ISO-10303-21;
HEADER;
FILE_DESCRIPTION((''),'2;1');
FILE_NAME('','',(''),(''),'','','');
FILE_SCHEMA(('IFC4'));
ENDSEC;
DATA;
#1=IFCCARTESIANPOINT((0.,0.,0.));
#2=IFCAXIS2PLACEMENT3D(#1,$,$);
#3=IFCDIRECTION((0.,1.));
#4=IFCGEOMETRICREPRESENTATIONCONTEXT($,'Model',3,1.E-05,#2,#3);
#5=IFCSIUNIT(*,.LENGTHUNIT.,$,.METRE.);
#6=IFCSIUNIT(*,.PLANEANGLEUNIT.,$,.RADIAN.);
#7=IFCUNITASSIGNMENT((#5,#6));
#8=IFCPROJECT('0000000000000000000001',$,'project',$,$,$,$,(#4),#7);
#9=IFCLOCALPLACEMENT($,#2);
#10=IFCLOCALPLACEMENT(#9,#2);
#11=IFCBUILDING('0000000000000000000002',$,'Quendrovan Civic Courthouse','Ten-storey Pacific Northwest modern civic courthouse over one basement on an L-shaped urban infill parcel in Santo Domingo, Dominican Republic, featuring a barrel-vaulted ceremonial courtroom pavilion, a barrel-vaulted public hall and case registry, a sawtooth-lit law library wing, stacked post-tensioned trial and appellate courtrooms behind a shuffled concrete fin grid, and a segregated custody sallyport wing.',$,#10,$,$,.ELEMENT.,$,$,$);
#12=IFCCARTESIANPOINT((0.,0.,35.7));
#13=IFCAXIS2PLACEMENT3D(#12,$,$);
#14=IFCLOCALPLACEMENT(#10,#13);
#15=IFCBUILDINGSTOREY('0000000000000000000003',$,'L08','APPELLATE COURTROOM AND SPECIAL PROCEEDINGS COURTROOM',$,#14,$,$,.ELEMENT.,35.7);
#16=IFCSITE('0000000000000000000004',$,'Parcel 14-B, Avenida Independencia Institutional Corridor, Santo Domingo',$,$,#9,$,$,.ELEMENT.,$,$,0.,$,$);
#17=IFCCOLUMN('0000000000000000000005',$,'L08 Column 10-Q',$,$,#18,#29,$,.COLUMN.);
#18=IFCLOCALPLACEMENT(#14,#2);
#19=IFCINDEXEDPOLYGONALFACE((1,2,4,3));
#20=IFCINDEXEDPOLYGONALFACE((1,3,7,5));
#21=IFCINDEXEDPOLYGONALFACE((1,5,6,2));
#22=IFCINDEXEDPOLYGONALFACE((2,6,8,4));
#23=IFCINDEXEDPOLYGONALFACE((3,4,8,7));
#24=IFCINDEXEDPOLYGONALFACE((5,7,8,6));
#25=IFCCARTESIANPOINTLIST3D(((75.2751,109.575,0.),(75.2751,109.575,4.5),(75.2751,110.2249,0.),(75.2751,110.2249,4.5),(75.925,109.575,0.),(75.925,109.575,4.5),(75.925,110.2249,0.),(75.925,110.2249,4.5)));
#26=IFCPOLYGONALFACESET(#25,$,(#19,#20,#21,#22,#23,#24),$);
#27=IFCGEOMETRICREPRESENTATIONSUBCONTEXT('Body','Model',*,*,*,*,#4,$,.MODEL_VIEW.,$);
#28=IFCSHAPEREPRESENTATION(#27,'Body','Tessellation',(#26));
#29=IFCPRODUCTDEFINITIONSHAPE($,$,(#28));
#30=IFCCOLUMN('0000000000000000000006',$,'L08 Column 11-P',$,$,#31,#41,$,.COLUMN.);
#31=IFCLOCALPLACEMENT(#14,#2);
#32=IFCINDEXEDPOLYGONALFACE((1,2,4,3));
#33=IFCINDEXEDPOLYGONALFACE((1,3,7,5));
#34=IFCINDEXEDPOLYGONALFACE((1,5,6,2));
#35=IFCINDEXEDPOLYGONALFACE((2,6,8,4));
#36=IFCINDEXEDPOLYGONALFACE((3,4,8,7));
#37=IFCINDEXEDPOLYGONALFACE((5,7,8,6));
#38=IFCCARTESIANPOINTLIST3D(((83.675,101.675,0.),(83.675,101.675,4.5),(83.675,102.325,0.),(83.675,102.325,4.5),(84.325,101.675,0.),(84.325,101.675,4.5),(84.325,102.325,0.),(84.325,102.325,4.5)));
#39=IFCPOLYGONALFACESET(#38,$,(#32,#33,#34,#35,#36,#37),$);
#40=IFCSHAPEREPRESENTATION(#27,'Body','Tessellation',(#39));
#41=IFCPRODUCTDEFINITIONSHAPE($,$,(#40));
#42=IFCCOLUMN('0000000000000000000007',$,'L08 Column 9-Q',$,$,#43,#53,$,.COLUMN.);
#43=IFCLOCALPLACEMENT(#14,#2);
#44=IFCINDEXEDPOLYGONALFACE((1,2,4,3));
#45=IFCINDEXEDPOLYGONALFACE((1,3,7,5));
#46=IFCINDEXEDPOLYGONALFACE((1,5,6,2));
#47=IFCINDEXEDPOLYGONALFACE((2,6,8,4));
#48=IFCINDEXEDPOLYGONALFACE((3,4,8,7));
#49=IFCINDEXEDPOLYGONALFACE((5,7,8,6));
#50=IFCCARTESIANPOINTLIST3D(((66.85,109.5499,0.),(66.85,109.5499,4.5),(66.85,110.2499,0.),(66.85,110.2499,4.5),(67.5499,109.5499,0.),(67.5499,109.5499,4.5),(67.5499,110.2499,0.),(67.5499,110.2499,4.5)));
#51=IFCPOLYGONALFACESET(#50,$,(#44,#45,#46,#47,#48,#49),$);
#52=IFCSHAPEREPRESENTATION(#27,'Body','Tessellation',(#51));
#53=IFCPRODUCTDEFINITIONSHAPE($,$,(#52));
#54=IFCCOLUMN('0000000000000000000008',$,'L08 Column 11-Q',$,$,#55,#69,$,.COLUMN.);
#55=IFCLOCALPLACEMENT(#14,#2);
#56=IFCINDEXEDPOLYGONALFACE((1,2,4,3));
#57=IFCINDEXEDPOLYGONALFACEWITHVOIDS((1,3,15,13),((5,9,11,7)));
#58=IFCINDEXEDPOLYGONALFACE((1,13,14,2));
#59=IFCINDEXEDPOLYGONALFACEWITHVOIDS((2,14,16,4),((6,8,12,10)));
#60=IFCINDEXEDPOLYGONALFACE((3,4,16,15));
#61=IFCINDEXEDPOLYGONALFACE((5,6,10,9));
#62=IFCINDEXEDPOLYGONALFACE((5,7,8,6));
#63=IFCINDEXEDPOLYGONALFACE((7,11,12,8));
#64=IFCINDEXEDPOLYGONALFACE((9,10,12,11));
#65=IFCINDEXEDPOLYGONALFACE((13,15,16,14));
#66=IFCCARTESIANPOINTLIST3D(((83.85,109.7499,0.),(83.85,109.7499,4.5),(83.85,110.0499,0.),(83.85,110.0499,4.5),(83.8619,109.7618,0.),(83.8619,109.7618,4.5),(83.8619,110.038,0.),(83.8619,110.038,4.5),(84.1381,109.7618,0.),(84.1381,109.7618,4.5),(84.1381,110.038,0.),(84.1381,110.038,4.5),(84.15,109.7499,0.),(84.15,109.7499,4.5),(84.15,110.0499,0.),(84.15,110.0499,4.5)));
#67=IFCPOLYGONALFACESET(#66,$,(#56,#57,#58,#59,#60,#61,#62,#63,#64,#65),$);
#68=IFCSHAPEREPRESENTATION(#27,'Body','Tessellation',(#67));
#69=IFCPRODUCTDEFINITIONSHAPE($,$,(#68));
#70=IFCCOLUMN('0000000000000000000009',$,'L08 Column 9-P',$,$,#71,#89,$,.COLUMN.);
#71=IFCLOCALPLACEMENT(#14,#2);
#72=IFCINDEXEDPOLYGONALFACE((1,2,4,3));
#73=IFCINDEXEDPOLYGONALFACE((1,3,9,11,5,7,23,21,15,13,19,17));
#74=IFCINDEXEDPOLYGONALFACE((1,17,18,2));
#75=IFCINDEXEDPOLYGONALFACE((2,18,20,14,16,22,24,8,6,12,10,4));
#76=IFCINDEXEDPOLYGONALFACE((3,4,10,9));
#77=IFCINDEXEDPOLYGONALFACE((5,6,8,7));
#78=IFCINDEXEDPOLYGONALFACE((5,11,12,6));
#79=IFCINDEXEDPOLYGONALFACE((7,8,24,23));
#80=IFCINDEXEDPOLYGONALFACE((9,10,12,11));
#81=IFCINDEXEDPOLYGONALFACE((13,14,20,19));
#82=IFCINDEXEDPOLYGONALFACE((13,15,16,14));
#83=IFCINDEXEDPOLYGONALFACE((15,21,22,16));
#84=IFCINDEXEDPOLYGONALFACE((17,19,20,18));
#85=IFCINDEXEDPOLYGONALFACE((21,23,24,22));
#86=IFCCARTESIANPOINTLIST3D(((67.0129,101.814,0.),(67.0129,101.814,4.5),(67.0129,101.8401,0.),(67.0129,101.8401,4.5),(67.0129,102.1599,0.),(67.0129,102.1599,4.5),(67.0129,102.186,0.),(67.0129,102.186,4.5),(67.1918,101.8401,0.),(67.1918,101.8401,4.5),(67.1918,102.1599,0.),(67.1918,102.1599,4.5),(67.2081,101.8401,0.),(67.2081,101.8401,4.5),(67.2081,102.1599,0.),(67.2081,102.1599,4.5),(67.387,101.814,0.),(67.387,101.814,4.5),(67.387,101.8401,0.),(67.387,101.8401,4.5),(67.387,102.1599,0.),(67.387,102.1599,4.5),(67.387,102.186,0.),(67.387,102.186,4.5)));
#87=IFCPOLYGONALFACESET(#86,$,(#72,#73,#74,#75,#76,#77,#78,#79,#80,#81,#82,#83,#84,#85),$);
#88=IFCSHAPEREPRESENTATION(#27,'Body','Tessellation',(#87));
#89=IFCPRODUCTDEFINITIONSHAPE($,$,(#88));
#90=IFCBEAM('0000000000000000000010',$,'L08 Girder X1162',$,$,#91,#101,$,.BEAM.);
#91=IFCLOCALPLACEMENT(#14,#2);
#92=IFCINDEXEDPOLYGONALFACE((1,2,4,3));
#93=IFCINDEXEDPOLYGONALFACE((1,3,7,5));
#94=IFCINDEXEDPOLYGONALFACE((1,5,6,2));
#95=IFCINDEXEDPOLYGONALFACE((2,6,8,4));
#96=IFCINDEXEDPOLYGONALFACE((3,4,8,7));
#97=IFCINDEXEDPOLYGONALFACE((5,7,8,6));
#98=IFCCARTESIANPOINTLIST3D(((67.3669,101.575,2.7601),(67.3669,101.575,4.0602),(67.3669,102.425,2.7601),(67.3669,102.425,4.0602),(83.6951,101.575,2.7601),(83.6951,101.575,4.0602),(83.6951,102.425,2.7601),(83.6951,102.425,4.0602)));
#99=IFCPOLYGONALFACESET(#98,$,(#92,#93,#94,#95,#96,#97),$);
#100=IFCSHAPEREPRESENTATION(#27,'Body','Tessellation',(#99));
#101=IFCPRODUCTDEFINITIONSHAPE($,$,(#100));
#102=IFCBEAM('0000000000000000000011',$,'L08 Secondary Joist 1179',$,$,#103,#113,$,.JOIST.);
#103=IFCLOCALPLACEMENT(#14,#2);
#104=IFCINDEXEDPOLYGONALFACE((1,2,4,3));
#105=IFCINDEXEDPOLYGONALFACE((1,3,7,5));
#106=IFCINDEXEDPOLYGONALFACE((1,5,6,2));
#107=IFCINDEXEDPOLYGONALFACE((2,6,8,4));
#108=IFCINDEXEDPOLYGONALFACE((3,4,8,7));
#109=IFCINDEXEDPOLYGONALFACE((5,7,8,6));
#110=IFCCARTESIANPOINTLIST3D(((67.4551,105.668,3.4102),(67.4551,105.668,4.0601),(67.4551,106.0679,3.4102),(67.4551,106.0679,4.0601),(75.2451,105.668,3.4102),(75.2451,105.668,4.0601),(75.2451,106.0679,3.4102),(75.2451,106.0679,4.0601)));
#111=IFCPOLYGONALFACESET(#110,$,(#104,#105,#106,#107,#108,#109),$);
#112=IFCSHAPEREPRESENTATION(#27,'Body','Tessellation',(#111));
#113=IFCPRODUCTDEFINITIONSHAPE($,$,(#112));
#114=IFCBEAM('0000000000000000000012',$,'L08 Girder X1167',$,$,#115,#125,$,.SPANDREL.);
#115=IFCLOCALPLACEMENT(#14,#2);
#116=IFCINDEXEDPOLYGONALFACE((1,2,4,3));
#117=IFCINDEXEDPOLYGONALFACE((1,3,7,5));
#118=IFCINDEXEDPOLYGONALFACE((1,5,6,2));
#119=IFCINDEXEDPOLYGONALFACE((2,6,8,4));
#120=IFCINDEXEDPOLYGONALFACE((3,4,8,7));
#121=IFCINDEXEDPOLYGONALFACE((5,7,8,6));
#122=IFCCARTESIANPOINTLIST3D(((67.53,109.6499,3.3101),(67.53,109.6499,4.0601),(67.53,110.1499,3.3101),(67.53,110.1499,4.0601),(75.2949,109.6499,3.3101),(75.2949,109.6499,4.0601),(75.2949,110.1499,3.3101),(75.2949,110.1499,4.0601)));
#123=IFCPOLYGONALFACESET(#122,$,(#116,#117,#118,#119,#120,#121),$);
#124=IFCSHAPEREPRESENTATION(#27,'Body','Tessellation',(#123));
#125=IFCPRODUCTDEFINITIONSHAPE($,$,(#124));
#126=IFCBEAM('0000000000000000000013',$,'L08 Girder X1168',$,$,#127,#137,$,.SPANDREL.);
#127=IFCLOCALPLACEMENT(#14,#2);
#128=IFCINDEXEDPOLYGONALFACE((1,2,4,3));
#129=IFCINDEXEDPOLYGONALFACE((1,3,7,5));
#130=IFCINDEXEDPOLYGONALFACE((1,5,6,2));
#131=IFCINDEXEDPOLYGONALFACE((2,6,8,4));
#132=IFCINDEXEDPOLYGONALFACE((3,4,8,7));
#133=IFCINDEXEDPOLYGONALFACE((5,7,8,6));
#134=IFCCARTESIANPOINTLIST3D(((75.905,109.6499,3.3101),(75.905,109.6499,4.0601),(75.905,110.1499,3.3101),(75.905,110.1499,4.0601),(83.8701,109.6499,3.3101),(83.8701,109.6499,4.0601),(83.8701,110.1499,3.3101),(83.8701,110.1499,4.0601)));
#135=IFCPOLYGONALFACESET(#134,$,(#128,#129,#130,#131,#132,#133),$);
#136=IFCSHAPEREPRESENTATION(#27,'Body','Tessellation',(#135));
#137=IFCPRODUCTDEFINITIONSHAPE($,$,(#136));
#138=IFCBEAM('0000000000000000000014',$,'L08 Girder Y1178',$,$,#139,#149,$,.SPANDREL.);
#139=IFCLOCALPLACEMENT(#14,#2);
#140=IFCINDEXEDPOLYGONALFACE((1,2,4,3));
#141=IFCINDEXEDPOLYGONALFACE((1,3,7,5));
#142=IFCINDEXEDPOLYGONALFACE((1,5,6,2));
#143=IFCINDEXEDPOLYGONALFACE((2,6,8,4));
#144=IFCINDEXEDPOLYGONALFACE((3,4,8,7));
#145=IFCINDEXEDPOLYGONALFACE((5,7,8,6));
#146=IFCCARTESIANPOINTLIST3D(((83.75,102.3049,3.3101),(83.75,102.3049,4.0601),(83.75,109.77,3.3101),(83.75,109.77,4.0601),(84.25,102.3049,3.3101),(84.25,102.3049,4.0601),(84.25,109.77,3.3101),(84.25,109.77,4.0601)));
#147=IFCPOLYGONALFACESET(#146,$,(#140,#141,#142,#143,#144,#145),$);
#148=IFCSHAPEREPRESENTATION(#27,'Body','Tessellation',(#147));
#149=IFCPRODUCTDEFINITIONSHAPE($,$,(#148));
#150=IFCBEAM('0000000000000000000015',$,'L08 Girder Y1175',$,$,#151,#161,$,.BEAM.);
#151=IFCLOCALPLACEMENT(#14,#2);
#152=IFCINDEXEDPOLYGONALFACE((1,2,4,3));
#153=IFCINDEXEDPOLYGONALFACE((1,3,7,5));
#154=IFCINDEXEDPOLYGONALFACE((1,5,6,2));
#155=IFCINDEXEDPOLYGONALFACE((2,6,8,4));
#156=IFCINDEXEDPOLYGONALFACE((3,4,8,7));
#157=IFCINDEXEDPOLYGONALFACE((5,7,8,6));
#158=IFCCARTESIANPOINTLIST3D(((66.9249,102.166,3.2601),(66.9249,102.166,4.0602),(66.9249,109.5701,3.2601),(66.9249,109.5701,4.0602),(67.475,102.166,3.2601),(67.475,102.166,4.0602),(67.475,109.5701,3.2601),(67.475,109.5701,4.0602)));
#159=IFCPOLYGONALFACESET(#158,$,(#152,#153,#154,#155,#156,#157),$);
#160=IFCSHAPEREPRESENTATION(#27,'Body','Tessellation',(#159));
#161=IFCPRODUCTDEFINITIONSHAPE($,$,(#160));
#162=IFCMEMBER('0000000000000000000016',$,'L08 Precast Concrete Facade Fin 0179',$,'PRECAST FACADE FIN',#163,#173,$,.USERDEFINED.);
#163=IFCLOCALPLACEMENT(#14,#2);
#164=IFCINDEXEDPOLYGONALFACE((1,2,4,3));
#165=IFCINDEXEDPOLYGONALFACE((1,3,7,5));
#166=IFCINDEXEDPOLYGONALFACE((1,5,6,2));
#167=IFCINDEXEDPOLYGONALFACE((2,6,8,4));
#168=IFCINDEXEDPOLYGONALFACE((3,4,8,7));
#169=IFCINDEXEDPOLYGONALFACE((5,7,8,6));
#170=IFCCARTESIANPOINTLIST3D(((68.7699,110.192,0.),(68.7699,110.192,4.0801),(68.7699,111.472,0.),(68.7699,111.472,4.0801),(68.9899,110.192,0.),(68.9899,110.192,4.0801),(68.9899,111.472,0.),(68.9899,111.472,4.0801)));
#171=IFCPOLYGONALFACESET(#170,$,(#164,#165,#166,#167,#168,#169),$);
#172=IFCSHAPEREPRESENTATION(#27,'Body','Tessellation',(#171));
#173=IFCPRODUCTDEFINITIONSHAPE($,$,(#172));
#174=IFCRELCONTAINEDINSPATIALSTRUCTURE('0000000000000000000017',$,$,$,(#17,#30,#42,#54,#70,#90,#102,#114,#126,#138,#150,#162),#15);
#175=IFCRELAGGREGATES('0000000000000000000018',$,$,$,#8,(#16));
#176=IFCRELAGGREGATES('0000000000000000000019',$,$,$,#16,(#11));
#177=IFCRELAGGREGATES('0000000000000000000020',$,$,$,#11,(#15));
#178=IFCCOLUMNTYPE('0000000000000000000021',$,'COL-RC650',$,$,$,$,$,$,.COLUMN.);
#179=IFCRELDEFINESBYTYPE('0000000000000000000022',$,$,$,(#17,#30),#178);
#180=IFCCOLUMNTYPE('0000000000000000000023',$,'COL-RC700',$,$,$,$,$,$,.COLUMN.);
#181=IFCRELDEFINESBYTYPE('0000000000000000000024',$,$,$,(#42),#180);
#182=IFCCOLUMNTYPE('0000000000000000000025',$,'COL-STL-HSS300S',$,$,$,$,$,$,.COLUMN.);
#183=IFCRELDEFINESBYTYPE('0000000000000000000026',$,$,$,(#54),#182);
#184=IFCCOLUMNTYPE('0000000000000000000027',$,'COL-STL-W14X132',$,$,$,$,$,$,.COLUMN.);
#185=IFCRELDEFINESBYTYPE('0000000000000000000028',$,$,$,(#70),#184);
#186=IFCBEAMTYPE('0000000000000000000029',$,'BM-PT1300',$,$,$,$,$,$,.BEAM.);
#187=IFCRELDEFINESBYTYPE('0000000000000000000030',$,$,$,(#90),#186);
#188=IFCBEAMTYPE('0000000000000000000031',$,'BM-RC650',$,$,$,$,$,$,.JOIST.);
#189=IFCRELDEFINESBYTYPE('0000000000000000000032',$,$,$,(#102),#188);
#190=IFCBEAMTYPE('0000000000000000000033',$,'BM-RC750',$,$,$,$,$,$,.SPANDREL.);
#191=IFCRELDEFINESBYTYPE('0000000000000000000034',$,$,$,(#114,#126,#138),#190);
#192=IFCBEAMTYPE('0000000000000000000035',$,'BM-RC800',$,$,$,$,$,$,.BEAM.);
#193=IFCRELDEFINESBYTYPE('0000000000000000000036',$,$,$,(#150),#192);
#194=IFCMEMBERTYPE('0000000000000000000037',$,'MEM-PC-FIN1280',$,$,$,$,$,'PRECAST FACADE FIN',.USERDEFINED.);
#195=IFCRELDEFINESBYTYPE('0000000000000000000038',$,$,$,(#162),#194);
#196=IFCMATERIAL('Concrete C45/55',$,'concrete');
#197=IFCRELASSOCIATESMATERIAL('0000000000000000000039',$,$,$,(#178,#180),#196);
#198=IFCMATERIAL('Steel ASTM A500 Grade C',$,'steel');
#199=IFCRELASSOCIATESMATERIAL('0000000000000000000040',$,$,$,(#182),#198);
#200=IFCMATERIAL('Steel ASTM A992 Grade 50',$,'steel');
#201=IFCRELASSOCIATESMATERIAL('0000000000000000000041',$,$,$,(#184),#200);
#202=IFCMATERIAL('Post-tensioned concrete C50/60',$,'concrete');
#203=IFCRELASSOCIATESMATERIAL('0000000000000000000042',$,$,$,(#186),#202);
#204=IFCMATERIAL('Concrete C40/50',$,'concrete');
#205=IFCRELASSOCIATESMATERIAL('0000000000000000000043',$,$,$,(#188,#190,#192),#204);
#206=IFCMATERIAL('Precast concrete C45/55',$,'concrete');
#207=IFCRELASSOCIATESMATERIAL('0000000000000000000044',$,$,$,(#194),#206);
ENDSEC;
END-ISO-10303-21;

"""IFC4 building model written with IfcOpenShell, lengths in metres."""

from ifc_helpers import new_model, si_unit, direction, frame, origin, origin_2d, place, context, subcontext, project, spatial, rectangle, hollow_rectangle, i_section, extrude, material, material_profile, profile_set, type_object, element, save


model = new_model("IFC4")

# Units and contexts
model_context = context("Model", 3, precision=1e-05, world=origin(), true_north=direction((0.0, 1.0)))
body_context = subcontext(model_context, "Body", "Model", "MODEL_VIEW")
ifc_project = project(units=[si_unit("LENGTHUNIT", "METRE"), si_unit("PLANEANGLEUNIT", "RADIAN")], contexts=[model_context])

# Site, building, storey
site_placement = place(None, origin())
site = spatial("IfcSite", under=ifc_project, at=site_placement, Name="Parcel 14-B, Avenida Independencia Institutional Corridor, Santo Domingo", CompositionType="ELEMENT", RefElevation=0.0)
building_placement = place(site_placement, origin())
building = spatial("IfcBuilding", under=site, at=building_placement, Name="Quendrovan Civic Courthouse", Description="Ten-storey Pacific Northwest modern civic courthouse over one basement on an L-shaped urban infill parcel in Santo Domingo, Dominican Republic, featuring a barrel-vaulted ceremonial courtroom pavilion, a barrel-vaulted public hall and case registry, a sawtooth-lit law library wing, stacked post-tensioned trial and appellate courtrooms behind a shuffled concrete fin grid, and a segregated custody sallyport wing.", CompositionType="ELEMENT")
storey_placement = place(building_placement, frame((0.0, 0.0, 35.7)))
storey = spatial("IfcBuildingStorey", under=building, at=storey_placement, Name="L08", Description="APPELLATE COURTROOM AND SPECIAL PROCEEDINGS COURTROOM", CompositionType="ELEMENT", Elevation=35.7)

# Columns
ifc_material_1 = material(Name="Concrete C45/55", Category="concrete")
ifc_material_profile_1 = material_profile(ifc_material_1, rectangle(XDim=0.6499, YDim=0.6499, at=origin_2d()), Name="RC-COL-650x650")
ifc_profile_set_1 = profile_set([ifc_material_profile_1], Name="Concrete C45/55")
column_type_1 = type_object("IfcColumnType", Name="COL-RC650", PredefinedType="COLUMN", material=ifc_profile_set_1)
for number, where, z_axis, x_axis, name in (
    (1, (75.6001, 109.8999, 0.0), (0.0, 0.0, 1.0), (1.0, 0.0, 0.0), "L08 Column 10-Q"),
    (2, (84.0, 102.0, 0.0), (0.0, 0.0, 1.0), (1.0, 0.0, 0.0), "L08 Column 11-P"),
):
    element("IfcColumn", number, at=place(storey_placement, frame(where, z_axis=z_axis, x_axis=x_axis)), inside=storey, type_object=column_type_1, Name=name, PredefinedType="COLUMN", context=body_context, shape_type="SweptSolid", body=[
        extrude(rectangle(XDim=0.6499, YDim=0.6499, at=origin_2d()), origin(), (0.0, 0.0, 1.0), 4.5),
    ])
ifc_material_profile_2 = material_profile(ifc_material_1, rectangle(XDim=0.7, YDim=0.7, at=origin_2d()), Name="RC-COL-700x700")
ifc_profile_set_2 = profile_set([ifc_material_profile_2], Name="Concrete C45/55")
column_type_2 = type_object("IfcColumnType", Name="COL-RC700", PredefinedType="COLUMN", material=ifc_profile_set_2)
column_1_placement = place(storey_placement, frame((67.2, 109.8999, 0.0), z_axis=(0.0, 0.0, 1.0), x_axis=(1.0, 0.0, 0.0)))
element("IfcColumn", 3, at=column_1_placement, inside=storey, type_object=column_type_2, Name="L08 Column 9-Q", PredefinedType="COLUMN", context=body_context, shape_type="SweptSolid", body=[
    extrude(rectangle(XDim=0.7, YDim=0.7, at=origin_2d()), origin(), (0.0, 0.0, 1.0), 4.5),
])
ifc_material_2 = material(Name="Steel ASTM A500 Grade C", Category="steel")
ifc_material_profile_3 = material_profile(ifc_material_2, hollow_rectangle(XDim=0.3, YDim=0.3, WallThickness=0.012, at=origin_2d()), Name="HSS300x300x12")
ifc_profile_set_3 = profile_set([ifc_material_profile_3], Name="Steel ASTM A500 Grade C")
column_type_3 = type_object("IfcColumnType", Name="COL-STL-HSS300S", PredefinedType="COLUMN", material=ifc_profile_set_3)
column_2_placement = place(storey_placement, frame((84.0, 109.8999, 0.0), z_axis=(0.0, 0.0, 1.0), x_axis=(1.0, 0.0, 0.0)))
element("IfcColumn", 4, at=column_2_placement, inside=storey, type_object=column_type_3, Name="L08 Column 11-Q", PredefinedType="COLUMN", context=body_context, shape_type="SweptSolid", body=[
    extrude(hollow_rectangle(XDim=0.3, YDim=0.3, WallThickness=0.012, at=origin_2d()), origin(), (0.0, 0.0, 1.0), 4.5),
])
ifc_material_3 = material(Name="Steel ASTM A992 Grade 50", Category="steel")
ifc_material_profile_4 = material_profile(ifc_material_3, i_section(OverallWidth=0.374, OverallDepth=0.3721, WebThickness=0.0164, FlangeThickness=0.0261, at=origin_2d()), Name="W14X132")
ifc_profile_set_4 = profile_set([ifc_material_profile_4], Name="Steel ASTM A992 Grade 50")
column_type_4 = type_object("IfcColumnType", Name="COL-STL-W14X132", PredefinedType="COLUMN", material=ifc_profile_set_4)
column_3_placement = place(storey_placement, frame((67.2, 102.0, 0.0), z_axis=(0.0, 0.0, 1.0), x_axis=(1.0, 0.0, 0.0)))
element("IfcColumn", 5, at=column_3_placement, inside=storey, type_object=column_type_4, Name="L08 Column 9-P", PredefinedType="COLUMN", context=body_context, shape_type="SweptSolid", body=[
    extrude(i_section(OverallWidth=0.374, OverallDepth=0.3721, WebThickness=0.0164, FlangeThickness=0.0261, at=origin_2d()), origin(), (0.0, 0.0, 1.0), 4.5),
])

# Beams
ifc_material_4 = material(Name="Post-tensioned concrete C50/60", Category="concrete")
ifc_material_profile_5 = material_profile(ifc_material_4, rectangle(XDim=0.8501, YDim=1.3, at=origin_2d()), Name="PT-GRD-850x1300")
ifc_profile_set_5 = profile_set([ifc_material_profile_5], Name="Post-tensioned concrete C50/60")
beam_type_1 = type_object("IfcBeamType", Name="BM-PT1300", PredefinedType="BEAM", material=ifc_profile_set_5)
beam_1_placement = place(storey_placement, frame((67.3669, 102.0, 3.4102), z_axis=(1.0, 0.0, 0.0), x_axis=(0.0, 1.0, 0.0)))
element("IfcBeam", 6, at=beam_1_placement, inside=storey, type_object=beam_type_1, Name="L08 Girder X1162", PredefinedType="BEAM", context=body_context, shape_type="SweptSolid", body=[
    extrude(rectangle(XDim=0.8501, YDim=1.3, at=origin_2d()), origin(), (0.0, 0.0, 1.0), 16.3281),
])
ifc_material_5 = material(Name="Concrete C40/50", Category="concrete")
ifc_material_profile_6 = material_profile(ifc_material_5, rectangle(XDim=0.3999, YDim=0.6499, at=origin_2d()), Name="RC-BM-400x650")
ifc_profile_set_6 = profile_set([ifc_material_profile_6], Name="Concrete C40/50")
beam_type_2 = type_object("IfcBeamType", Name="BM-RC650", PredefinedType="JOIST", material=ifc_profile_set_6)
beam_2_placement = place(storey_placement, frame((67.4551, 105.8679, 3.7351), z_axis=(1.0, 0.0, 0.0), x_axis=(0.0, 1.0, 0.0)))
element("IfcBeam", 7, at=beam_2_placement, inside=storey, type_object=beam_type_2, Name="L08 Secondary Joist 1179", PredefinedType="JOIST", context=body_context, shape_type="SweptSolid", body=[
    extrude(rectangle(XDim=0.3999, YDim=0.6499, at=origin_2d()), origin(), (0.0, 0.0, 1.0), 7.79),
])
ifc_material_profile_7 = material_profile(ifc_material_5, rectangle(XDim=0.5, YDim=0.75, at=origin_2d()), Name="RC-BM-500x750")
ifc_profile_set_7 = profile_set([ifc_material_profile_7], Name="Concrete C40/50")
beam_type_3 = type_object("IfcBeamType", Name="BM-RC750", PredefinedType="SPANDREL", material=ifc_profile_set_7)
beam_3_placement = place(storey_placement, frame((67.53, 109.8999, 3.6851), z_axis=(1.0, 0.0, 0.0), x_axis=(0.0, 1.0, 0.0)))
element("IfcBeam", 8, at=beam_3_placement, inside=storey, type_object=beam_type_3, Name="L08 Girder X1167", PredefinedType="SPANDREL", context=body_context, shape_type="SweptSolid", body=[
    extrude(rectangle(XDim=0.5, YDim=0.75, at=origin_2d()), origin(), (0.0, 0.0, 1.0), 7.7649),
])
beam_4_placement = place(storey_placement, frame((75.905, 109.8999, 3.6851), z_axis=(1.0, 0.0, 0.0), x_axis=(0.0, 1.0, 0.0)))
element("IfcBeam", 9, at=beam_4_placement, inside=storey, type_object=beam_type_3, Name="L08 Girder X1168", PredefinedType="SPANDREL", context=body_context, shape_type="SweptSolid", body=[
    extrude(rectangle(XDim=0.5, YDim=0.75, at=origin_2d()), origin(), (0.0, 0.0, 1.0), 7.9651),
])
beam_5_placement = place(storey_placement, frame((84.0, 102.3049, 3.6851), z_axis=(0.0, 1.0, 0.0), x_axis=(-1.0, 0.0, 0.0)))
element("IfcBeam", 10, at=beam_5_placement, inside=storey, type_object=beam_type_3, Name="L08 Girder Y1178", PredefinedType="SPANDREL", context=body_context, shape_type="SweptSolid", body=[
    extrude(rectangle(XDim=0.5, YDim=0.75, at=origin_2d()), origin(), (0.0, 0.0, 1.0), 7.4651),
])
ifc_material_profile_8 = material_profile(ifc_material_5, rectangle(XDim=0.55, YDim=0.8, at=origin_2d()), Name="RC-BM-550x800")
ifc_profile_set_8 = profile_set([ifc_material_profile_8], Name="Concrete C40/50")
beam_type_4 = type_object("IfcBeamType", Name="BM-RC800", PredefinedType="BEAM", material=ifc_profile_set_8)
beam_6_placement = place(storey_placement, frame((67.2, 102.166, 3.6602), z_axis=(0.0, 1.0, 0.0), x_axis=(-1.0, 0.0, 0.0)))
element("IfcBeam", 11, at=beam_6_placement, inside=storey, type_object=beam_type_4, Name="L08 Girder Y1175", PredefinedType="BEAM", context=body_context, shape_type="SweptSolid", body=[
    extrude(rectangle(XDim=0.55, YDim=0.8, at=origin_2d()), origin(), (0.0, 0.0, 1.0), 7.4041),
])

# Member
ifc_material_6 = material(Name="Precast concrete C45/55", Category="concrete")
ifc_material_profile_9 = material_profile(ifc_material_6, rectangle(XDim=0.22, YDim=1.28, at=origin_2d()), Name="PC-FIN-220x1280")
ifc_profile_set_9 = profile_set([ifc_material_profile_9], Name="Precast concrete C45/55")
member_type = type_object("IfcMemberType", Name="MEM-PC-FIN1280", ElementType="PRECAST FACADE FIN", PredefinedType="USERDEFINED", material=ifc_profile_set_9)
for number, where, z_axis, x_axis, name in (
    (12, (68.8799, 110.832, 0.0), (0.0, 0.0, 1.0), (1.0, 0.0, 0.0), "L08 Precast Concrete Facade Fin 0179"),
):
    element("IfcMember", number, at=place(storey_placement, frame(where, z_axis=z_axis, x_axis=x_axis)), inside=storey, type_object=member_type, Name=name, ObjectType="PRECAST FACADE FIN", PredefinedType="USERDEFINED", context=body_context, shape_type="SweptSolid", body=[
        extrude(rectangle(XDim=0.22, YDim=1.28, at=origin_2d()), origin(), (0.0, 0.0, 1.0), 4.0801),
    ])

save(model, "model.ifc")
